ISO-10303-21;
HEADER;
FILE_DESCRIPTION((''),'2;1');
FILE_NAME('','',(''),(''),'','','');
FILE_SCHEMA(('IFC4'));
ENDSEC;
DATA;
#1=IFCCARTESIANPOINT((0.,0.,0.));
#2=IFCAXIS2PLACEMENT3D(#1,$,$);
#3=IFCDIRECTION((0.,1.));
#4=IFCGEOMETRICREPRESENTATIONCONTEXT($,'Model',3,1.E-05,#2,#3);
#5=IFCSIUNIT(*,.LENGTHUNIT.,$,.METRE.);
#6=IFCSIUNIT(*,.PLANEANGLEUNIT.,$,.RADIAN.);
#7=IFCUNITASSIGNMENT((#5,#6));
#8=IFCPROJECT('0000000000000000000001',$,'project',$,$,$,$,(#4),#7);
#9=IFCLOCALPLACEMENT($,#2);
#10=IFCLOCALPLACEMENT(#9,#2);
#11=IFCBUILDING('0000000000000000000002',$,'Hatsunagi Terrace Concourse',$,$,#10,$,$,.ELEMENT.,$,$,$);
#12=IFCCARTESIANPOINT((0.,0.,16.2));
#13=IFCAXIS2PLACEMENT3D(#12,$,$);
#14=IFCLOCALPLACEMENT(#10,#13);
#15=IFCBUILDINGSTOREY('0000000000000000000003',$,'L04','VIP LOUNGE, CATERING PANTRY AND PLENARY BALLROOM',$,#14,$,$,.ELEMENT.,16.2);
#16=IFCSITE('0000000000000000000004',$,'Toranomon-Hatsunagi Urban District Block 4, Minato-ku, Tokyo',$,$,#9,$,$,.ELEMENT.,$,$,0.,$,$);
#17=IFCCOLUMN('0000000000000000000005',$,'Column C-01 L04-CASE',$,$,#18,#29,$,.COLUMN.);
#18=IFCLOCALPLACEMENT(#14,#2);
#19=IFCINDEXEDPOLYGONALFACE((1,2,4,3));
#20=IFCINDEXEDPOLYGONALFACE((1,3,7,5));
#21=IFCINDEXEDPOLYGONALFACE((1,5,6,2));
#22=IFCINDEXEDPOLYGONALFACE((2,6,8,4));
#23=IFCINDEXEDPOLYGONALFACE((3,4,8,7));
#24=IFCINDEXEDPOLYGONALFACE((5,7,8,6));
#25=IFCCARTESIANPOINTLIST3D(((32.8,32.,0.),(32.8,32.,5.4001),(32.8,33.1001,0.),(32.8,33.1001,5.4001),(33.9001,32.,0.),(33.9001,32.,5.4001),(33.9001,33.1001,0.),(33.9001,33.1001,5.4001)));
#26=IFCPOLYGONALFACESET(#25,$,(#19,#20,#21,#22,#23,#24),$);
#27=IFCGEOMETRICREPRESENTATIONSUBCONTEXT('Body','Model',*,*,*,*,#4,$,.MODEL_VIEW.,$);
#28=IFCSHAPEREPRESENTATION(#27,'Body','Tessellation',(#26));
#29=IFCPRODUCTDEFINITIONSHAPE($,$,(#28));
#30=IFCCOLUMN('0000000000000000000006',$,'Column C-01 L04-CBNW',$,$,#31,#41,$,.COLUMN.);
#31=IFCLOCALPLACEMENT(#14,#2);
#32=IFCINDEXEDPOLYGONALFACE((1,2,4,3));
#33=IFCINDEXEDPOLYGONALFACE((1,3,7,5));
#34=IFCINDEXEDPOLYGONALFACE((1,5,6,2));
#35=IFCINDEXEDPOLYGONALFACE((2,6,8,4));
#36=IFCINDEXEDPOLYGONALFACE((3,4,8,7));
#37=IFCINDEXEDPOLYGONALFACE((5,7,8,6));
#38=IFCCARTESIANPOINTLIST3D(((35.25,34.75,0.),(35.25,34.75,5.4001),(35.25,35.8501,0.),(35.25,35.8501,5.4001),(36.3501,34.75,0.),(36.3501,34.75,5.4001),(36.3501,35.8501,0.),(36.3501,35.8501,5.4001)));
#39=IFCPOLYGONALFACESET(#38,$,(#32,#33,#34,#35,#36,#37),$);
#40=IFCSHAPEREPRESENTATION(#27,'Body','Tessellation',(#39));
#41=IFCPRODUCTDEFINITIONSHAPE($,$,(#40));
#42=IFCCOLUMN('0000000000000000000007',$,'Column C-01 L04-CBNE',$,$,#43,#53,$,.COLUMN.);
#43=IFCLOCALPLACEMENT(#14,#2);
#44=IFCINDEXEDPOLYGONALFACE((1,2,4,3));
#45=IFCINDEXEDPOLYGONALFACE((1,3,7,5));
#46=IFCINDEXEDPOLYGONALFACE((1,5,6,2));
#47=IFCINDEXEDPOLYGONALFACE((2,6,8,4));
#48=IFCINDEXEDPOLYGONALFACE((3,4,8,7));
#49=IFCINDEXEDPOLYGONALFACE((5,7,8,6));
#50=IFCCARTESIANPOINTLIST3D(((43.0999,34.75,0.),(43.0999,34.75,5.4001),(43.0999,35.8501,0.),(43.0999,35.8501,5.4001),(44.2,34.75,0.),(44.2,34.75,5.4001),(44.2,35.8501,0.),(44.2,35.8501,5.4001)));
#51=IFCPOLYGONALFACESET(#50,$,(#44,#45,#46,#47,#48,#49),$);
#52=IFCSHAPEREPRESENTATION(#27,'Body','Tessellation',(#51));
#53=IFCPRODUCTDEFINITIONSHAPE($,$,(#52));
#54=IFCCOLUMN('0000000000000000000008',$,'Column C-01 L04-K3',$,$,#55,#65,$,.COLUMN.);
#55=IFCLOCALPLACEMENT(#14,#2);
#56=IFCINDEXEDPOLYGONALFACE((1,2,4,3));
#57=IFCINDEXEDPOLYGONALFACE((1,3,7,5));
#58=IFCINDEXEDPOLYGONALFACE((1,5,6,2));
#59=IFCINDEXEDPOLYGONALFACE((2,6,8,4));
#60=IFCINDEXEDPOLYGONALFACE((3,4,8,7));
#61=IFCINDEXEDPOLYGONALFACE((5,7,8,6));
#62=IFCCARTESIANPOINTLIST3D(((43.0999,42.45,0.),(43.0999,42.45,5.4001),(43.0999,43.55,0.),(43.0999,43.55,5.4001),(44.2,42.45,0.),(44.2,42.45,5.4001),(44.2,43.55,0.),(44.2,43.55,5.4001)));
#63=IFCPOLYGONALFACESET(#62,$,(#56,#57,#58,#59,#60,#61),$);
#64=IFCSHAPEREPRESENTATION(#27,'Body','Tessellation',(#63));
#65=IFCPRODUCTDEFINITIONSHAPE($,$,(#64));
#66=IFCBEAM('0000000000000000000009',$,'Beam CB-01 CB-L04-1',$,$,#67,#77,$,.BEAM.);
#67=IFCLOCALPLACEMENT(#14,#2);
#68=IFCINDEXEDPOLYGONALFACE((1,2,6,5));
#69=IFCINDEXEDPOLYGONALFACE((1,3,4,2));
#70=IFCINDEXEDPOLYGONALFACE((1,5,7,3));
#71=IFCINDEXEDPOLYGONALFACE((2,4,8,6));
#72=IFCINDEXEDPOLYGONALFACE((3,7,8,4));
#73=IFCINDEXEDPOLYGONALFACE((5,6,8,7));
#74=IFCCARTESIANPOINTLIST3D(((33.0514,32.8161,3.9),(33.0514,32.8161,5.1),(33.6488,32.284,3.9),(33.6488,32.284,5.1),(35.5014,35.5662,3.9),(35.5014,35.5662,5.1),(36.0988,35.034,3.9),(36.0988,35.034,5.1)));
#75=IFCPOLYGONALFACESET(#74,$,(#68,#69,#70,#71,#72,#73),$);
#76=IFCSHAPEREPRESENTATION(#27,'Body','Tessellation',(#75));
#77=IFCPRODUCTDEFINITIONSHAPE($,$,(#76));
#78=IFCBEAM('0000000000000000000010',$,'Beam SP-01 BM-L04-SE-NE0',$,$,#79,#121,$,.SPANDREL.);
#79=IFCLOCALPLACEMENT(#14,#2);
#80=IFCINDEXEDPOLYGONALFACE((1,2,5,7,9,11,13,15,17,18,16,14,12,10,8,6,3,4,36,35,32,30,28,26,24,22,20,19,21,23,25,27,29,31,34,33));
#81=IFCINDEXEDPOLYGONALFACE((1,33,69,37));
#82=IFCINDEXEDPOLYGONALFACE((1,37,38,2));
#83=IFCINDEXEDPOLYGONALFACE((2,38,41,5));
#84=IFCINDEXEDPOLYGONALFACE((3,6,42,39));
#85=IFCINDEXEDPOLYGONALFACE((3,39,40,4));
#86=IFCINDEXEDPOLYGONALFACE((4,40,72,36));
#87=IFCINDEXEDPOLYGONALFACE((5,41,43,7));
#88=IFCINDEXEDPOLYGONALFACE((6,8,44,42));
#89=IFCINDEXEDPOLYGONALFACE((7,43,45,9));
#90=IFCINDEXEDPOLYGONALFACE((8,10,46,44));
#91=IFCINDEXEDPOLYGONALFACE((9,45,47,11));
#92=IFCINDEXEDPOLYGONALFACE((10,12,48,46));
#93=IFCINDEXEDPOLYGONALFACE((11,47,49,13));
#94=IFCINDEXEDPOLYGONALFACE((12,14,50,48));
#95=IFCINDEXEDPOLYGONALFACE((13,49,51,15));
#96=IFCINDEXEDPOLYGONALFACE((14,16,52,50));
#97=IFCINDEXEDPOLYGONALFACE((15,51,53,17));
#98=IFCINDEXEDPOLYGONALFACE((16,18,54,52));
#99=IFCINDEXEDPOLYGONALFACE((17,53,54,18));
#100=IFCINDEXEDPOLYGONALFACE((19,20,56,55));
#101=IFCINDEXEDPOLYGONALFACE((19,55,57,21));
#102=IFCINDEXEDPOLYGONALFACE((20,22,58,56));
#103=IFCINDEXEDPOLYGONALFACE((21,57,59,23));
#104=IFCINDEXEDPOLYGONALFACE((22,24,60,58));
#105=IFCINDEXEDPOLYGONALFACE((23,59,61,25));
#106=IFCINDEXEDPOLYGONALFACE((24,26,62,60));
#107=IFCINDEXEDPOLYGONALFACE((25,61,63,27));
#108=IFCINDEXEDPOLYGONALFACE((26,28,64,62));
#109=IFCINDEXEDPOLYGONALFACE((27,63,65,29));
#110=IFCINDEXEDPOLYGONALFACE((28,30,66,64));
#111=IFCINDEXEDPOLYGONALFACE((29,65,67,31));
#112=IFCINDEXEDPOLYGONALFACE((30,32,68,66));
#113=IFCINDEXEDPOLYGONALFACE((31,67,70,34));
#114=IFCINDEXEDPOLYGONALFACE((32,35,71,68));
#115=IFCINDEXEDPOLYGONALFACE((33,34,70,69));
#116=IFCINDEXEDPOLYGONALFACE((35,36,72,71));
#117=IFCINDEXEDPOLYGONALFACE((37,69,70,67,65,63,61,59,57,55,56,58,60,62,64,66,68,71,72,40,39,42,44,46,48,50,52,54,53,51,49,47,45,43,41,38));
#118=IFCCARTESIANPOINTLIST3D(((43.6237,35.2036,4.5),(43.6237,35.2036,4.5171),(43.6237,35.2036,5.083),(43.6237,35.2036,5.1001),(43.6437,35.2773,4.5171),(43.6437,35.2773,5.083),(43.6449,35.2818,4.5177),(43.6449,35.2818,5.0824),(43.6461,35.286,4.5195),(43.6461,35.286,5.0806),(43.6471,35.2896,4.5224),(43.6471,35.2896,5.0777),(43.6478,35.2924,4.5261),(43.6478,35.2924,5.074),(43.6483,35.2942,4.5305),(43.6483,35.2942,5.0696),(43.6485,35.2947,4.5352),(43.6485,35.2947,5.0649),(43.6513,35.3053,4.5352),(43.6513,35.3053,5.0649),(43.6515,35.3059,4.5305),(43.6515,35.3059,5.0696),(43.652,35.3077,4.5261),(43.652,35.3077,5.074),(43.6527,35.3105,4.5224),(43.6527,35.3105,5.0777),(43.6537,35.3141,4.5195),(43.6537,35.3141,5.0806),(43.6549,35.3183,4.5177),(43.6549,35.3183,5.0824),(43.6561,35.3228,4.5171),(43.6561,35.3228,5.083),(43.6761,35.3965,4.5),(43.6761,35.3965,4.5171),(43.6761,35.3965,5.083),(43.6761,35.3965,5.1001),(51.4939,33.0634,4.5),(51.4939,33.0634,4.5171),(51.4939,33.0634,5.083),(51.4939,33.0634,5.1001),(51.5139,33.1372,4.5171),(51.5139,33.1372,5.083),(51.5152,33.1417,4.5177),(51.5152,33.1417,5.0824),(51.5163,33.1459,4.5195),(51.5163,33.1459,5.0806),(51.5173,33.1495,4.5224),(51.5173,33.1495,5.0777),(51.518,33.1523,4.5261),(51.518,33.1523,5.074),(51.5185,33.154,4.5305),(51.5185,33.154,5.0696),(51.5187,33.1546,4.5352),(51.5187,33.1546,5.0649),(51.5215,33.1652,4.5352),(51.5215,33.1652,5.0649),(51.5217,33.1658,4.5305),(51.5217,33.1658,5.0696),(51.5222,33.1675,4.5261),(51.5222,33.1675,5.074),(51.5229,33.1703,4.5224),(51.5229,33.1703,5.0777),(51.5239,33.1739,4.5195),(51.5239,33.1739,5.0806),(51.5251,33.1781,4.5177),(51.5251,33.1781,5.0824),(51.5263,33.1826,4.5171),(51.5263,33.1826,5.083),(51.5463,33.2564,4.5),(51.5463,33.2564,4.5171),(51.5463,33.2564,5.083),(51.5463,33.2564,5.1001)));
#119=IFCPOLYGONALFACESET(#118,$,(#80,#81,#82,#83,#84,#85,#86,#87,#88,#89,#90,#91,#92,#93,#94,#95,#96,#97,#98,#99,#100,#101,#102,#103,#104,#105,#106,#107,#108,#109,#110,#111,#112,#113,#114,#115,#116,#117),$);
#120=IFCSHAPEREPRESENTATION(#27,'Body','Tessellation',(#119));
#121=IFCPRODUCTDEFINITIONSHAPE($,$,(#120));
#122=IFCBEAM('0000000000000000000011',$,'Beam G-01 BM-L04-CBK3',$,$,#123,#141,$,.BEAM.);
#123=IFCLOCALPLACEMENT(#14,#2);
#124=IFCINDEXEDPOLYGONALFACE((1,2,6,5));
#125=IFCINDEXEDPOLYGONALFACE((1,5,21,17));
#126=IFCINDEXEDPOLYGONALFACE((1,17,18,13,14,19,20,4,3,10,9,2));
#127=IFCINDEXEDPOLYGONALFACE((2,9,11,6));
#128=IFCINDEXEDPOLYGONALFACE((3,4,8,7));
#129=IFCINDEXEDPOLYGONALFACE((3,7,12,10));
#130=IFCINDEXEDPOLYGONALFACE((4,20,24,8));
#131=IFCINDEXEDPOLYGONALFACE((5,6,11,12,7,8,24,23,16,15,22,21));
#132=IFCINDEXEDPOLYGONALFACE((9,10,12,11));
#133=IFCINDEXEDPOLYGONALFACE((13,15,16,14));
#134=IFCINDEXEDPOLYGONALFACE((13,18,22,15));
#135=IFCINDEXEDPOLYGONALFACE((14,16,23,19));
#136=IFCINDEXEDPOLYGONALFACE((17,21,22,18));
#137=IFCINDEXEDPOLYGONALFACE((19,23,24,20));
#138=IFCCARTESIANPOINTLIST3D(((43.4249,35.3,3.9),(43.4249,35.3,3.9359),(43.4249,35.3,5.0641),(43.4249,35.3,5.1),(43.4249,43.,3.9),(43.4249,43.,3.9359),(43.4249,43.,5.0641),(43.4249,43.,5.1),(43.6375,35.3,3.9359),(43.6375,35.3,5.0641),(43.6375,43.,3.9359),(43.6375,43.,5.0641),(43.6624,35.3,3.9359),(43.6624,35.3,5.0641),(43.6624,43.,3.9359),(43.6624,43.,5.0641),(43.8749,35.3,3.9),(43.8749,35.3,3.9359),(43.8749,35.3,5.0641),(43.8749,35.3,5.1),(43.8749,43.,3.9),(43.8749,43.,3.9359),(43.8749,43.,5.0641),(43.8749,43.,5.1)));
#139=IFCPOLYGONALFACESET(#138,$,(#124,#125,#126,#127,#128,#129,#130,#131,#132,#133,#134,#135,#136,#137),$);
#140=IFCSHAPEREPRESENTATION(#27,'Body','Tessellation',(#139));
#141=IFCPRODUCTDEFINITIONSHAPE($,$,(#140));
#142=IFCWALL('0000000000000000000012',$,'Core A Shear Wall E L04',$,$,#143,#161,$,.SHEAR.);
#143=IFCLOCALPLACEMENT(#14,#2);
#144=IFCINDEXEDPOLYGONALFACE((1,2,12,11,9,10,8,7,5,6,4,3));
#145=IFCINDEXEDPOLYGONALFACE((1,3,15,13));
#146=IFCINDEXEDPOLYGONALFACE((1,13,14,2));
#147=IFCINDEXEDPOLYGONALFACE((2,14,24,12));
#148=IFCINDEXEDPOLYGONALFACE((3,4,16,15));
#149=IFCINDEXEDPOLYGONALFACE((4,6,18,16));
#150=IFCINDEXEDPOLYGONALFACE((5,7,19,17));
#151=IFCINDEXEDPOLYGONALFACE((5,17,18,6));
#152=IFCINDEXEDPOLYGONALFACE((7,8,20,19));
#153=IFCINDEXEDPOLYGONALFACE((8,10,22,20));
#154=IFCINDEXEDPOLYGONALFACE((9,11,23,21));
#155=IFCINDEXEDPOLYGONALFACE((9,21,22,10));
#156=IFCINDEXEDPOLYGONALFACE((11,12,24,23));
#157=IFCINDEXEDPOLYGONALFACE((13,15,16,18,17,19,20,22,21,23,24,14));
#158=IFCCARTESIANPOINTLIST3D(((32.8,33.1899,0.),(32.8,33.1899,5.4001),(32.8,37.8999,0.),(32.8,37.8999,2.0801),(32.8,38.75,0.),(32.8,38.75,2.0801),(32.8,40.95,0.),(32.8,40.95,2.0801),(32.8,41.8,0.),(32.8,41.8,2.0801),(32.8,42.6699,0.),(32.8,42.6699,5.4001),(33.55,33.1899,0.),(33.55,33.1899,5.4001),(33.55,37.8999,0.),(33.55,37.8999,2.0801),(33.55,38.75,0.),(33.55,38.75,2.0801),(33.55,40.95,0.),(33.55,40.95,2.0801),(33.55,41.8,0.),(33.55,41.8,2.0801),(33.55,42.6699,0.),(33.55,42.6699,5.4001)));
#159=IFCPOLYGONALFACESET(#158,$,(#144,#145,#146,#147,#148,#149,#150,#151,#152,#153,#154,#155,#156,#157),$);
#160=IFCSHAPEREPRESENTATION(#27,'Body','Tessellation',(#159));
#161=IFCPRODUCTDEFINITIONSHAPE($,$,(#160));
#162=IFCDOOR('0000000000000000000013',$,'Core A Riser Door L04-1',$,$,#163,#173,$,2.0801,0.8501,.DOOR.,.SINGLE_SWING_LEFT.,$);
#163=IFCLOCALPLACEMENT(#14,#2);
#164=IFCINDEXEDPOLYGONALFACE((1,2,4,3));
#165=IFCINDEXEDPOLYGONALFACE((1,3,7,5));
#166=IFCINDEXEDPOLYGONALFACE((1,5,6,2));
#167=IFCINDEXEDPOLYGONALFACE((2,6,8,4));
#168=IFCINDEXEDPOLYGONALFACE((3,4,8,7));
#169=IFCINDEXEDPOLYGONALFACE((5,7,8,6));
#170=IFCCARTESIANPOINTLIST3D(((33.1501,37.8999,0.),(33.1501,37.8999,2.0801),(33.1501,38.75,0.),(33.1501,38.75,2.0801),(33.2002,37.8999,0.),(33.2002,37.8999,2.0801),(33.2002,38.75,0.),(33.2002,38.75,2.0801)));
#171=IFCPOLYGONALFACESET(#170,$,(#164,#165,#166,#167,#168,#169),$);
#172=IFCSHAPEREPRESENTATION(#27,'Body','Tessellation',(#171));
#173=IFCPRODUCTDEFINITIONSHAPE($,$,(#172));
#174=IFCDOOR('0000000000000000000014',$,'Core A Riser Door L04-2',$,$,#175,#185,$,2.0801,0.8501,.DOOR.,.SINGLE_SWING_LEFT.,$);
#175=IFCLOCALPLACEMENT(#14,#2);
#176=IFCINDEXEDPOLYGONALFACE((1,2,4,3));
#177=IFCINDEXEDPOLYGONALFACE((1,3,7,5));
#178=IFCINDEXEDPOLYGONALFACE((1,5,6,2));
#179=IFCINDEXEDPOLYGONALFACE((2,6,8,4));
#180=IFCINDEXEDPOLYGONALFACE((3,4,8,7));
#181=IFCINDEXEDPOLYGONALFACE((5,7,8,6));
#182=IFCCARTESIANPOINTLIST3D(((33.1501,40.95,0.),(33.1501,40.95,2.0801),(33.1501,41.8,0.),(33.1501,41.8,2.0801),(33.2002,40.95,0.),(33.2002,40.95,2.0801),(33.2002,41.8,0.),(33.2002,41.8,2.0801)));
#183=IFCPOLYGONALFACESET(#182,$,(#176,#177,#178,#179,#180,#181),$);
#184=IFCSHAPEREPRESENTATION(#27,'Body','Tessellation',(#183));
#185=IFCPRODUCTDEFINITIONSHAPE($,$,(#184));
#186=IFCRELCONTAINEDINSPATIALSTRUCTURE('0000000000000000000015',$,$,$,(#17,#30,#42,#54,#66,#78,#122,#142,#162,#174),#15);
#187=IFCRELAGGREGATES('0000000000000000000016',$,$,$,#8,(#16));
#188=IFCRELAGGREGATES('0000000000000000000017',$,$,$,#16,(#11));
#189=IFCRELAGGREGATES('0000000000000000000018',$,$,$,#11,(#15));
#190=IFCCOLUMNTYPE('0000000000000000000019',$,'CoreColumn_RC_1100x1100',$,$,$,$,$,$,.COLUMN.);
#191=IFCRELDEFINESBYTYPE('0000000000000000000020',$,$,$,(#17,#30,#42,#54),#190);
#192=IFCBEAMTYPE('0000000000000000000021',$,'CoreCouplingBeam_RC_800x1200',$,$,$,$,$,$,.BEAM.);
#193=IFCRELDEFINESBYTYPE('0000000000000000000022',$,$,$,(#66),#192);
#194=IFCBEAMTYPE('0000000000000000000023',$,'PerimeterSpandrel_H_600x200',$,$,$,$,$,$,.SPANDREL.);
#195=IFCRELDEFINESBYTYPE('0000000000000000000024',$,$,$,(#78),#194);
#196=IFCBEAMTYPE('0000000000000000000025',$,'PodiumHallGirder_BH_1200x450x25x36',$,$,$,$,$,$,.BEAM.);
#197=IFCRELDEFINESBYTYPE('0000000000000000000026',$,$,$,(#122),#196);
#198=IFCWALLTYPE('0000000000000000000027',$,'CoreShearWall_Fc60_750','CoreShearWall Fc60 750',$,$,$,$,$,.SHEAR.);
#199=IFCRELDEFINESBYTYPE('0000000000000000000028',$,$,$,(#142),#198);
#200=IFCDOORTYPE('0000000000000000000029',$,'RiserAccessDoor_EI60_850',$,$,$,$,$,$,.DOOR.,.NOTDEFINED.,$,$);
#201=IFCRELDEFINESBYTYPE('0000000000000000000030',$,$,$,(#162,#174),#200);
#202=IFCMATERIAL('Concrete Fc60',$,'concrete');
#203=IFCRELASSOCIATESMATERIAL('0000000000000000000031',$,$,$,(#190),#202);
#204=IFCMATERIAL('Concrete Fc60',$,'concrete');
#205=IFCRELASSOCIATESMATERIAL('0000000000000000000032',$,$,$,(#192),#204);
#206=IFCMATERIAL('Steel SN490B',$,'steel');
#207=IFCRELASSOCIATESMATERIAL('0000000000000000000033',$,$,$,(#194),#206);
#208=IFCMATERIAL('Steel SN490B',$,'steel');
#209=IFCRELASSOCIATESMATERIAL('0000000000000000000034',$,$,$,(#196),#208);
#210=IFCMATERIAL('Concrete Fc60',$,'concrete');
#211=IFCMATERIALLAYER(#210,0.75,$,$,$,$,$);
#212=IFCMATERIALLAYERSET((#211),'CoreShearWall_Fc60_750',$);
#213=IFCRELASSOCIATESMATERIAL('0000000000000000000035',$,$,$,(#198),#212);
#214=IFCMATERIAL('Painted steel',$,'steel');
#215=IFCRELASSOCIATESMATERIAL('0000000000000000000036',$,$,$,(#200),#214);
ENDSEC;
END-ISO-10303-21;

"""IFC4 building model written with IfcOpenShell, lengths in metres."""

from ifc_helpers import new_model, si_unit, direction, frame, frame_2d, origin, origin_2d, place, context, subcontext, project, spatial, rectangle, i_section, extrude, material, layer, layer_set, material_profile, profile_set, type_object, element, fill, save


model = new_model("IFC4")

# Units and contexts
model_context = context("Model", 3, precision=1e-05, world=origin(), true_north=direction((0.0, 1.0)))
body_context = subcontext(model_context, "Body", "Model", "MODEL_VIEW")
ifc_project = project(units=[si_unit("LENGTHUNIT", "METRE"), si_unit("PLANEANGLEUNIT", "RADIAN")], contexts=[model_context])

# Site, building, storey
site_placement = place(None, origin())
site = spatial("IfcSite", under=ifc_project, at=site_placement, Name="Toranomon-Hatsunagi Urban District Block 4, Minato-ku, Tokyo", CompositionType="ELEMENT", RefElevation=0.0)
building_placement = place(site_placement, origin())
building = spatial("IfcBuilding", under=site, at=building_placement, Name="Hatsunagi Terrace Concourse", CompositionType="ELEMENT")
storey_placement = place(building_placement, frame((0.0, 0.0, 16.2)))
storey = spatial("IfcBuildingStorey", under=building, at=storey_placement, Name="L04", Description="VIP LOUNGE, CATERING PANTRY AND PLENARY BALLROOM", CompositionType="ELEMENT", Elevation=16.2)

# Columns
ifc_material_1 = material(Name="Concrete Fc60", Category="concrete")
ifc_material_profile_1 = material_profile(ifc_material_1, rectangle(XDim=1.1001, YDim=1.1001, at=origin_2d()), Name="RC-1100x1100")
ifc_profile_set_1 = profile_set([ifc_material_profile_1], Name="Concrete Fc60")
column_type = type_object("IfcColumnType", Name="CoreColumn_RC_1100x1100", PredefinedType="COLUMN", material=ifc_profile_set_1)
for number, where, z_axis, x_axis, name in (
    (1, (33.3501, 32.55, 0.0), (0.0, 0.0, 1.0), (1.0, 0.0, 0.0), "Column C-01 L04-CASE"),
    (2, (35.8, 35.3, 0.0), (0.0, 0.0, 1.0), (1.0, 0.0, 0.0), "Column C-01 L04-CBNW"),
    (3, (43.6499, 35.3, 0.0), (0.0, 0.0, 1.0), (1.0, 0.0, 0.0), "Column C-01 L04-CBNE"),
    (4, (43.6499, 43.0, 0.0), (0.0, 0.0, 1.0), (1.0, 0.0, 0.0), "Column C-01 L04-K3"),
):
    element("IfcColumn", number, at=place(storey_placement, frame(where, z_axis=z_axis, x_axis=x_axis)), inside=storey, type_object=column_type, Name=name, PredefinedType="COLUMN", context=body_context, shape_type="SweptSolid", body=[
        extrude(rectangle(XDim=1.1001, YDim=1.1001, at=origin_2d()), origin(), (0.0, 0.0, 1.0), 5.4001),
    ])

# Beams
ifc_material_2 = material(Name="Concrete Fc60", Category="concrete")
ifc_material_profile_2 = material_profile(ifc_material_2, rectangle(XDim=0.8, YDim=1.2, at=origin_2d()), Name="RC-800x1200")
ifc_profile_set_2 = profile_set([ifc_material_profile_2], Name="Concrete Fc60")
beam_type_1 = type_object("IfcBeamType", Name="CoreCouplingBeam_RC_800x1200", PredefinedType="BEAM", material=ifc_profile_set_2)
beam_1_placement = place(storey_placement, frame((33.3501, 32.55, 4.5), z_axis=(0.665199, 0.746666, 0.0), x_axis=(-0.746666, 0.665199, 0.0)))
element("IfcBeam", 5, at=beam_1_placement, inside=storey, type_object=beam_type_1, Name="Beam CB-01 CB-L04-1", PredefinedType="BEAM", context=body_context, shape_type="SweptSolid", body=[
    extrude(rectangle(XDim=0.8, YDim=1.2, at=origin_2d()), origin(), (0.0, 0.0, 1.0), 3.6831),
])
ifc_material_3 = material(Name="Steel SN490B", Category="steel")
ifc_material_profile_3 = material_profile(ifc_material_3, i_section(OverallWidth=0.2, OverallDepth=0.6001, WebThickness=0.011, FlangeThickness=0.0171, FilletRadius=0.0181, at=origin_2d()), Name="H-600x200x11x17")
ifc_profile_set_3 = profile_set([ifc_material_profile_3], Name="Steel SN490B")
beam_type_2 = type_object("IfcBeamType", Name="PerimeterSpandrel_H_600x200", PredefinedType="SPANDREL", material=ifc_profile_set_3)
beam_2_placement = place(storey_placement, frame((43.6499, 35.3, 4.8), z_axis=(0.964958, -0.262403, 0.0), x_axis=(0.262403, 0.964958, 0.0)))
element("IfcBeam", 6, at=beam_2_placement, inside=storey, type_object=beam_type_2, Name="Beam SP-01 BM-L04-SE-NE0", PredefinedType="SPANDREL", context=body_context, shape_type="SweptSolid", body=[
    extrude(i_section(OverallWidth=0.2, OverallDepth=0.6001, WebThickness=0.011, FlangeThickness=0.0171, FilletRadius=0.0181, at=origin_2d()), origin(), (0.0, 0.0, 1.0), 8.156),
])
ifc_material_4 = material(Name="Steel SN490B", Category="steel")
ifc_material_profile_4 = material_profile(ifc_material_4, i_section(OverallWidth=0.45, OverallDepth=1.2, WebThickness=0.0249, FlangeThickness=0.0359, at=origin_2d()), Name="BH-1200x450x25x36")
ifc_profile_set_4 = profile_set([ifc_material_profile_4], Name="Steel SN490B")
beam_type_3 = type_object("IfcBeamType", Name="PodiumHallGirder_BH_1200x450x25x36", PredefinedType="BEAM", material=ifc_profile_set_4)
beam_3_placement = place(storey_placement, frame((43.6499, 35.3, 4.5), z_axis=(0.0, 1.0, 0.0), x_axis=(-1.0, 0.0, 0.0)))
element("IfcBeam", 7, at=beam_3_placement, inside=storey, type_object=beam_type_3, Name="Beam G-01 BM-L04-CBK3", PredefinedType="BEAM", context=body_context, shape_type="SweptSolid", body=[
    extrude(i_section(OverallWidth=0.45, OverallDepth=1.2, WebThickness=0.0249, FlangeThickness=0.0359, at=origin_2d()), origin(), (0.0, 0.0, 1.0), 7.7),
])

# Wall, openings, doors
ifc_material_5 = material(Name="Concrete Fc60", Category="concrete")
ifc_layer_1 = layer(ifc_material_5, 0.75)
ifc_layer_set_1 = layer_set([ifc_layer_1], Name="CoreShearWall_Fc60_750")
wall_type_1 = type_object("IfcWallType", Name="CoreShearWall_Fc60_750", Description="CoreShearWall Fc60 750", PredefinedType="SHEAR", material=ifc_layer_set_1)
wall_1_placement = place(storey_placement, frame((33.175, 33.1899, 0.0), z_axis=(0.0, 0.0, 1.0), x_axis=(0.0, 1.0, 0.0)))
wall_1 = element("IfcWall", 8, at=wall_1_placement, inside=storey, type_object=wall_type_1, Name="Core A Shear Wall E L04", PredefinedType="SHEAR", context=body_context, shape_type="SweptSolid", body=[
    extrude(rectangle(XDim=9.48, YDim=0.75, at=frame_2d((4.74, 0.0))), origin(), (0.0, 0.0, 1.0), 5.4001),
])
opening_1_placement = place(wall_1_placement, frame((4.71, 0.0, 0.0)))
opening_1 = element("IfcOpeningElement", 9, at=opening_1_placement, cuts=wall_1, PredefinedType="OPENING", context=body_context, shape_type="SweptSolid", body=[
    extrude(rectangle(XDim=0.8501, YDim=2.0801, at=frame_2d((0.425, 1.04))), frame((0.0, 0.385, 0.0), z_axis=(0.0, -1.0, 0.0), x_axis=(1.0, 0.0, 0.0)), (0.0, 0.0, 1.0), 0.77),
])
opening_2_placement = place(wall_1_placement, frame((7.76, 0.0, 0.0)))
opening_2 = element("IfcOpeningElement", 10, at=opening_2_placement, cuts=wall_1, PredefinedType="OPENING", context=body_context, shape_type="SweptSolid", body=[
    extrude(rectangle(XDim=0.8501, YDim=2.0801, at=frame_2d((0.425, 1.04))), frame((0.0, 0.385, 0.0), z_axis=(0.0, -1.0, 0.0), x_axis=(1.0, 0.0, 0.0)), (0.0, 0.0, 1.0), 0.77),
])
ifc_material_6 = material(Name="Painted steel", Category="steel")
door_type_1 = type_object("IfcDoorType", Name="RiserAccessDoor_EI60_850", OperationType="NOTDEFINED", PredefinedType="DOOR", material=ifc_material_6)
door_1_placement = place(opening_1_placement, origin())
door_1 = element("IfcDoor", 11, at=door_1_placement, inside=storey, type_object=door_type_1, Name="Core A Riser Door L04-1", OperationType="SINGLE_SWING_LEFT", OverallHeight=2.0801, OverallWidth=0.8501, PredefinedType="DOOR", context=body_context, shape_type="SweptSolid", body=[
    extrude(rectangle(XDim=0.8501, YDim=2.0801, at=frame_2d((0.425, 1.04))), frame((0.0, 0.0249, 0.0), z_axis=(0.0, -1.0, 0.0), x_axis=(1.0, 0.0, 0.0)), (0.0, 0.0, 1.0), 0.05),
])
fill(opening_1, door_1)
door_2_placement = place(opening_2_placement, origin())
door_2 = element("IfcDoor", 12, at=door_2_placement, inside=storey, type_object=door_type_1, Name="Core A Riser Door L04-2", OperationType="SINGLE_SWING_LEFT", OverallHeight=2.0801, OverallWidth=0.8501, PredefinedType="DOOR", context=body_context, shape_type="SweptSolid", body=[
    extrude(rectangle(XDim=0.8501, YDim=2.0801, at=frame_2d((0.425, 1.04))), frame((0.0, 0.0249, 0.0), z_axis=(0.0, -1.0, 0.0), x_axis=(1.0, 0.0, 0.0)), (0.0, 0.0, 1.0), 0.05),
])
fill(opening_2, door_2)

save(model, "model.ifc")
